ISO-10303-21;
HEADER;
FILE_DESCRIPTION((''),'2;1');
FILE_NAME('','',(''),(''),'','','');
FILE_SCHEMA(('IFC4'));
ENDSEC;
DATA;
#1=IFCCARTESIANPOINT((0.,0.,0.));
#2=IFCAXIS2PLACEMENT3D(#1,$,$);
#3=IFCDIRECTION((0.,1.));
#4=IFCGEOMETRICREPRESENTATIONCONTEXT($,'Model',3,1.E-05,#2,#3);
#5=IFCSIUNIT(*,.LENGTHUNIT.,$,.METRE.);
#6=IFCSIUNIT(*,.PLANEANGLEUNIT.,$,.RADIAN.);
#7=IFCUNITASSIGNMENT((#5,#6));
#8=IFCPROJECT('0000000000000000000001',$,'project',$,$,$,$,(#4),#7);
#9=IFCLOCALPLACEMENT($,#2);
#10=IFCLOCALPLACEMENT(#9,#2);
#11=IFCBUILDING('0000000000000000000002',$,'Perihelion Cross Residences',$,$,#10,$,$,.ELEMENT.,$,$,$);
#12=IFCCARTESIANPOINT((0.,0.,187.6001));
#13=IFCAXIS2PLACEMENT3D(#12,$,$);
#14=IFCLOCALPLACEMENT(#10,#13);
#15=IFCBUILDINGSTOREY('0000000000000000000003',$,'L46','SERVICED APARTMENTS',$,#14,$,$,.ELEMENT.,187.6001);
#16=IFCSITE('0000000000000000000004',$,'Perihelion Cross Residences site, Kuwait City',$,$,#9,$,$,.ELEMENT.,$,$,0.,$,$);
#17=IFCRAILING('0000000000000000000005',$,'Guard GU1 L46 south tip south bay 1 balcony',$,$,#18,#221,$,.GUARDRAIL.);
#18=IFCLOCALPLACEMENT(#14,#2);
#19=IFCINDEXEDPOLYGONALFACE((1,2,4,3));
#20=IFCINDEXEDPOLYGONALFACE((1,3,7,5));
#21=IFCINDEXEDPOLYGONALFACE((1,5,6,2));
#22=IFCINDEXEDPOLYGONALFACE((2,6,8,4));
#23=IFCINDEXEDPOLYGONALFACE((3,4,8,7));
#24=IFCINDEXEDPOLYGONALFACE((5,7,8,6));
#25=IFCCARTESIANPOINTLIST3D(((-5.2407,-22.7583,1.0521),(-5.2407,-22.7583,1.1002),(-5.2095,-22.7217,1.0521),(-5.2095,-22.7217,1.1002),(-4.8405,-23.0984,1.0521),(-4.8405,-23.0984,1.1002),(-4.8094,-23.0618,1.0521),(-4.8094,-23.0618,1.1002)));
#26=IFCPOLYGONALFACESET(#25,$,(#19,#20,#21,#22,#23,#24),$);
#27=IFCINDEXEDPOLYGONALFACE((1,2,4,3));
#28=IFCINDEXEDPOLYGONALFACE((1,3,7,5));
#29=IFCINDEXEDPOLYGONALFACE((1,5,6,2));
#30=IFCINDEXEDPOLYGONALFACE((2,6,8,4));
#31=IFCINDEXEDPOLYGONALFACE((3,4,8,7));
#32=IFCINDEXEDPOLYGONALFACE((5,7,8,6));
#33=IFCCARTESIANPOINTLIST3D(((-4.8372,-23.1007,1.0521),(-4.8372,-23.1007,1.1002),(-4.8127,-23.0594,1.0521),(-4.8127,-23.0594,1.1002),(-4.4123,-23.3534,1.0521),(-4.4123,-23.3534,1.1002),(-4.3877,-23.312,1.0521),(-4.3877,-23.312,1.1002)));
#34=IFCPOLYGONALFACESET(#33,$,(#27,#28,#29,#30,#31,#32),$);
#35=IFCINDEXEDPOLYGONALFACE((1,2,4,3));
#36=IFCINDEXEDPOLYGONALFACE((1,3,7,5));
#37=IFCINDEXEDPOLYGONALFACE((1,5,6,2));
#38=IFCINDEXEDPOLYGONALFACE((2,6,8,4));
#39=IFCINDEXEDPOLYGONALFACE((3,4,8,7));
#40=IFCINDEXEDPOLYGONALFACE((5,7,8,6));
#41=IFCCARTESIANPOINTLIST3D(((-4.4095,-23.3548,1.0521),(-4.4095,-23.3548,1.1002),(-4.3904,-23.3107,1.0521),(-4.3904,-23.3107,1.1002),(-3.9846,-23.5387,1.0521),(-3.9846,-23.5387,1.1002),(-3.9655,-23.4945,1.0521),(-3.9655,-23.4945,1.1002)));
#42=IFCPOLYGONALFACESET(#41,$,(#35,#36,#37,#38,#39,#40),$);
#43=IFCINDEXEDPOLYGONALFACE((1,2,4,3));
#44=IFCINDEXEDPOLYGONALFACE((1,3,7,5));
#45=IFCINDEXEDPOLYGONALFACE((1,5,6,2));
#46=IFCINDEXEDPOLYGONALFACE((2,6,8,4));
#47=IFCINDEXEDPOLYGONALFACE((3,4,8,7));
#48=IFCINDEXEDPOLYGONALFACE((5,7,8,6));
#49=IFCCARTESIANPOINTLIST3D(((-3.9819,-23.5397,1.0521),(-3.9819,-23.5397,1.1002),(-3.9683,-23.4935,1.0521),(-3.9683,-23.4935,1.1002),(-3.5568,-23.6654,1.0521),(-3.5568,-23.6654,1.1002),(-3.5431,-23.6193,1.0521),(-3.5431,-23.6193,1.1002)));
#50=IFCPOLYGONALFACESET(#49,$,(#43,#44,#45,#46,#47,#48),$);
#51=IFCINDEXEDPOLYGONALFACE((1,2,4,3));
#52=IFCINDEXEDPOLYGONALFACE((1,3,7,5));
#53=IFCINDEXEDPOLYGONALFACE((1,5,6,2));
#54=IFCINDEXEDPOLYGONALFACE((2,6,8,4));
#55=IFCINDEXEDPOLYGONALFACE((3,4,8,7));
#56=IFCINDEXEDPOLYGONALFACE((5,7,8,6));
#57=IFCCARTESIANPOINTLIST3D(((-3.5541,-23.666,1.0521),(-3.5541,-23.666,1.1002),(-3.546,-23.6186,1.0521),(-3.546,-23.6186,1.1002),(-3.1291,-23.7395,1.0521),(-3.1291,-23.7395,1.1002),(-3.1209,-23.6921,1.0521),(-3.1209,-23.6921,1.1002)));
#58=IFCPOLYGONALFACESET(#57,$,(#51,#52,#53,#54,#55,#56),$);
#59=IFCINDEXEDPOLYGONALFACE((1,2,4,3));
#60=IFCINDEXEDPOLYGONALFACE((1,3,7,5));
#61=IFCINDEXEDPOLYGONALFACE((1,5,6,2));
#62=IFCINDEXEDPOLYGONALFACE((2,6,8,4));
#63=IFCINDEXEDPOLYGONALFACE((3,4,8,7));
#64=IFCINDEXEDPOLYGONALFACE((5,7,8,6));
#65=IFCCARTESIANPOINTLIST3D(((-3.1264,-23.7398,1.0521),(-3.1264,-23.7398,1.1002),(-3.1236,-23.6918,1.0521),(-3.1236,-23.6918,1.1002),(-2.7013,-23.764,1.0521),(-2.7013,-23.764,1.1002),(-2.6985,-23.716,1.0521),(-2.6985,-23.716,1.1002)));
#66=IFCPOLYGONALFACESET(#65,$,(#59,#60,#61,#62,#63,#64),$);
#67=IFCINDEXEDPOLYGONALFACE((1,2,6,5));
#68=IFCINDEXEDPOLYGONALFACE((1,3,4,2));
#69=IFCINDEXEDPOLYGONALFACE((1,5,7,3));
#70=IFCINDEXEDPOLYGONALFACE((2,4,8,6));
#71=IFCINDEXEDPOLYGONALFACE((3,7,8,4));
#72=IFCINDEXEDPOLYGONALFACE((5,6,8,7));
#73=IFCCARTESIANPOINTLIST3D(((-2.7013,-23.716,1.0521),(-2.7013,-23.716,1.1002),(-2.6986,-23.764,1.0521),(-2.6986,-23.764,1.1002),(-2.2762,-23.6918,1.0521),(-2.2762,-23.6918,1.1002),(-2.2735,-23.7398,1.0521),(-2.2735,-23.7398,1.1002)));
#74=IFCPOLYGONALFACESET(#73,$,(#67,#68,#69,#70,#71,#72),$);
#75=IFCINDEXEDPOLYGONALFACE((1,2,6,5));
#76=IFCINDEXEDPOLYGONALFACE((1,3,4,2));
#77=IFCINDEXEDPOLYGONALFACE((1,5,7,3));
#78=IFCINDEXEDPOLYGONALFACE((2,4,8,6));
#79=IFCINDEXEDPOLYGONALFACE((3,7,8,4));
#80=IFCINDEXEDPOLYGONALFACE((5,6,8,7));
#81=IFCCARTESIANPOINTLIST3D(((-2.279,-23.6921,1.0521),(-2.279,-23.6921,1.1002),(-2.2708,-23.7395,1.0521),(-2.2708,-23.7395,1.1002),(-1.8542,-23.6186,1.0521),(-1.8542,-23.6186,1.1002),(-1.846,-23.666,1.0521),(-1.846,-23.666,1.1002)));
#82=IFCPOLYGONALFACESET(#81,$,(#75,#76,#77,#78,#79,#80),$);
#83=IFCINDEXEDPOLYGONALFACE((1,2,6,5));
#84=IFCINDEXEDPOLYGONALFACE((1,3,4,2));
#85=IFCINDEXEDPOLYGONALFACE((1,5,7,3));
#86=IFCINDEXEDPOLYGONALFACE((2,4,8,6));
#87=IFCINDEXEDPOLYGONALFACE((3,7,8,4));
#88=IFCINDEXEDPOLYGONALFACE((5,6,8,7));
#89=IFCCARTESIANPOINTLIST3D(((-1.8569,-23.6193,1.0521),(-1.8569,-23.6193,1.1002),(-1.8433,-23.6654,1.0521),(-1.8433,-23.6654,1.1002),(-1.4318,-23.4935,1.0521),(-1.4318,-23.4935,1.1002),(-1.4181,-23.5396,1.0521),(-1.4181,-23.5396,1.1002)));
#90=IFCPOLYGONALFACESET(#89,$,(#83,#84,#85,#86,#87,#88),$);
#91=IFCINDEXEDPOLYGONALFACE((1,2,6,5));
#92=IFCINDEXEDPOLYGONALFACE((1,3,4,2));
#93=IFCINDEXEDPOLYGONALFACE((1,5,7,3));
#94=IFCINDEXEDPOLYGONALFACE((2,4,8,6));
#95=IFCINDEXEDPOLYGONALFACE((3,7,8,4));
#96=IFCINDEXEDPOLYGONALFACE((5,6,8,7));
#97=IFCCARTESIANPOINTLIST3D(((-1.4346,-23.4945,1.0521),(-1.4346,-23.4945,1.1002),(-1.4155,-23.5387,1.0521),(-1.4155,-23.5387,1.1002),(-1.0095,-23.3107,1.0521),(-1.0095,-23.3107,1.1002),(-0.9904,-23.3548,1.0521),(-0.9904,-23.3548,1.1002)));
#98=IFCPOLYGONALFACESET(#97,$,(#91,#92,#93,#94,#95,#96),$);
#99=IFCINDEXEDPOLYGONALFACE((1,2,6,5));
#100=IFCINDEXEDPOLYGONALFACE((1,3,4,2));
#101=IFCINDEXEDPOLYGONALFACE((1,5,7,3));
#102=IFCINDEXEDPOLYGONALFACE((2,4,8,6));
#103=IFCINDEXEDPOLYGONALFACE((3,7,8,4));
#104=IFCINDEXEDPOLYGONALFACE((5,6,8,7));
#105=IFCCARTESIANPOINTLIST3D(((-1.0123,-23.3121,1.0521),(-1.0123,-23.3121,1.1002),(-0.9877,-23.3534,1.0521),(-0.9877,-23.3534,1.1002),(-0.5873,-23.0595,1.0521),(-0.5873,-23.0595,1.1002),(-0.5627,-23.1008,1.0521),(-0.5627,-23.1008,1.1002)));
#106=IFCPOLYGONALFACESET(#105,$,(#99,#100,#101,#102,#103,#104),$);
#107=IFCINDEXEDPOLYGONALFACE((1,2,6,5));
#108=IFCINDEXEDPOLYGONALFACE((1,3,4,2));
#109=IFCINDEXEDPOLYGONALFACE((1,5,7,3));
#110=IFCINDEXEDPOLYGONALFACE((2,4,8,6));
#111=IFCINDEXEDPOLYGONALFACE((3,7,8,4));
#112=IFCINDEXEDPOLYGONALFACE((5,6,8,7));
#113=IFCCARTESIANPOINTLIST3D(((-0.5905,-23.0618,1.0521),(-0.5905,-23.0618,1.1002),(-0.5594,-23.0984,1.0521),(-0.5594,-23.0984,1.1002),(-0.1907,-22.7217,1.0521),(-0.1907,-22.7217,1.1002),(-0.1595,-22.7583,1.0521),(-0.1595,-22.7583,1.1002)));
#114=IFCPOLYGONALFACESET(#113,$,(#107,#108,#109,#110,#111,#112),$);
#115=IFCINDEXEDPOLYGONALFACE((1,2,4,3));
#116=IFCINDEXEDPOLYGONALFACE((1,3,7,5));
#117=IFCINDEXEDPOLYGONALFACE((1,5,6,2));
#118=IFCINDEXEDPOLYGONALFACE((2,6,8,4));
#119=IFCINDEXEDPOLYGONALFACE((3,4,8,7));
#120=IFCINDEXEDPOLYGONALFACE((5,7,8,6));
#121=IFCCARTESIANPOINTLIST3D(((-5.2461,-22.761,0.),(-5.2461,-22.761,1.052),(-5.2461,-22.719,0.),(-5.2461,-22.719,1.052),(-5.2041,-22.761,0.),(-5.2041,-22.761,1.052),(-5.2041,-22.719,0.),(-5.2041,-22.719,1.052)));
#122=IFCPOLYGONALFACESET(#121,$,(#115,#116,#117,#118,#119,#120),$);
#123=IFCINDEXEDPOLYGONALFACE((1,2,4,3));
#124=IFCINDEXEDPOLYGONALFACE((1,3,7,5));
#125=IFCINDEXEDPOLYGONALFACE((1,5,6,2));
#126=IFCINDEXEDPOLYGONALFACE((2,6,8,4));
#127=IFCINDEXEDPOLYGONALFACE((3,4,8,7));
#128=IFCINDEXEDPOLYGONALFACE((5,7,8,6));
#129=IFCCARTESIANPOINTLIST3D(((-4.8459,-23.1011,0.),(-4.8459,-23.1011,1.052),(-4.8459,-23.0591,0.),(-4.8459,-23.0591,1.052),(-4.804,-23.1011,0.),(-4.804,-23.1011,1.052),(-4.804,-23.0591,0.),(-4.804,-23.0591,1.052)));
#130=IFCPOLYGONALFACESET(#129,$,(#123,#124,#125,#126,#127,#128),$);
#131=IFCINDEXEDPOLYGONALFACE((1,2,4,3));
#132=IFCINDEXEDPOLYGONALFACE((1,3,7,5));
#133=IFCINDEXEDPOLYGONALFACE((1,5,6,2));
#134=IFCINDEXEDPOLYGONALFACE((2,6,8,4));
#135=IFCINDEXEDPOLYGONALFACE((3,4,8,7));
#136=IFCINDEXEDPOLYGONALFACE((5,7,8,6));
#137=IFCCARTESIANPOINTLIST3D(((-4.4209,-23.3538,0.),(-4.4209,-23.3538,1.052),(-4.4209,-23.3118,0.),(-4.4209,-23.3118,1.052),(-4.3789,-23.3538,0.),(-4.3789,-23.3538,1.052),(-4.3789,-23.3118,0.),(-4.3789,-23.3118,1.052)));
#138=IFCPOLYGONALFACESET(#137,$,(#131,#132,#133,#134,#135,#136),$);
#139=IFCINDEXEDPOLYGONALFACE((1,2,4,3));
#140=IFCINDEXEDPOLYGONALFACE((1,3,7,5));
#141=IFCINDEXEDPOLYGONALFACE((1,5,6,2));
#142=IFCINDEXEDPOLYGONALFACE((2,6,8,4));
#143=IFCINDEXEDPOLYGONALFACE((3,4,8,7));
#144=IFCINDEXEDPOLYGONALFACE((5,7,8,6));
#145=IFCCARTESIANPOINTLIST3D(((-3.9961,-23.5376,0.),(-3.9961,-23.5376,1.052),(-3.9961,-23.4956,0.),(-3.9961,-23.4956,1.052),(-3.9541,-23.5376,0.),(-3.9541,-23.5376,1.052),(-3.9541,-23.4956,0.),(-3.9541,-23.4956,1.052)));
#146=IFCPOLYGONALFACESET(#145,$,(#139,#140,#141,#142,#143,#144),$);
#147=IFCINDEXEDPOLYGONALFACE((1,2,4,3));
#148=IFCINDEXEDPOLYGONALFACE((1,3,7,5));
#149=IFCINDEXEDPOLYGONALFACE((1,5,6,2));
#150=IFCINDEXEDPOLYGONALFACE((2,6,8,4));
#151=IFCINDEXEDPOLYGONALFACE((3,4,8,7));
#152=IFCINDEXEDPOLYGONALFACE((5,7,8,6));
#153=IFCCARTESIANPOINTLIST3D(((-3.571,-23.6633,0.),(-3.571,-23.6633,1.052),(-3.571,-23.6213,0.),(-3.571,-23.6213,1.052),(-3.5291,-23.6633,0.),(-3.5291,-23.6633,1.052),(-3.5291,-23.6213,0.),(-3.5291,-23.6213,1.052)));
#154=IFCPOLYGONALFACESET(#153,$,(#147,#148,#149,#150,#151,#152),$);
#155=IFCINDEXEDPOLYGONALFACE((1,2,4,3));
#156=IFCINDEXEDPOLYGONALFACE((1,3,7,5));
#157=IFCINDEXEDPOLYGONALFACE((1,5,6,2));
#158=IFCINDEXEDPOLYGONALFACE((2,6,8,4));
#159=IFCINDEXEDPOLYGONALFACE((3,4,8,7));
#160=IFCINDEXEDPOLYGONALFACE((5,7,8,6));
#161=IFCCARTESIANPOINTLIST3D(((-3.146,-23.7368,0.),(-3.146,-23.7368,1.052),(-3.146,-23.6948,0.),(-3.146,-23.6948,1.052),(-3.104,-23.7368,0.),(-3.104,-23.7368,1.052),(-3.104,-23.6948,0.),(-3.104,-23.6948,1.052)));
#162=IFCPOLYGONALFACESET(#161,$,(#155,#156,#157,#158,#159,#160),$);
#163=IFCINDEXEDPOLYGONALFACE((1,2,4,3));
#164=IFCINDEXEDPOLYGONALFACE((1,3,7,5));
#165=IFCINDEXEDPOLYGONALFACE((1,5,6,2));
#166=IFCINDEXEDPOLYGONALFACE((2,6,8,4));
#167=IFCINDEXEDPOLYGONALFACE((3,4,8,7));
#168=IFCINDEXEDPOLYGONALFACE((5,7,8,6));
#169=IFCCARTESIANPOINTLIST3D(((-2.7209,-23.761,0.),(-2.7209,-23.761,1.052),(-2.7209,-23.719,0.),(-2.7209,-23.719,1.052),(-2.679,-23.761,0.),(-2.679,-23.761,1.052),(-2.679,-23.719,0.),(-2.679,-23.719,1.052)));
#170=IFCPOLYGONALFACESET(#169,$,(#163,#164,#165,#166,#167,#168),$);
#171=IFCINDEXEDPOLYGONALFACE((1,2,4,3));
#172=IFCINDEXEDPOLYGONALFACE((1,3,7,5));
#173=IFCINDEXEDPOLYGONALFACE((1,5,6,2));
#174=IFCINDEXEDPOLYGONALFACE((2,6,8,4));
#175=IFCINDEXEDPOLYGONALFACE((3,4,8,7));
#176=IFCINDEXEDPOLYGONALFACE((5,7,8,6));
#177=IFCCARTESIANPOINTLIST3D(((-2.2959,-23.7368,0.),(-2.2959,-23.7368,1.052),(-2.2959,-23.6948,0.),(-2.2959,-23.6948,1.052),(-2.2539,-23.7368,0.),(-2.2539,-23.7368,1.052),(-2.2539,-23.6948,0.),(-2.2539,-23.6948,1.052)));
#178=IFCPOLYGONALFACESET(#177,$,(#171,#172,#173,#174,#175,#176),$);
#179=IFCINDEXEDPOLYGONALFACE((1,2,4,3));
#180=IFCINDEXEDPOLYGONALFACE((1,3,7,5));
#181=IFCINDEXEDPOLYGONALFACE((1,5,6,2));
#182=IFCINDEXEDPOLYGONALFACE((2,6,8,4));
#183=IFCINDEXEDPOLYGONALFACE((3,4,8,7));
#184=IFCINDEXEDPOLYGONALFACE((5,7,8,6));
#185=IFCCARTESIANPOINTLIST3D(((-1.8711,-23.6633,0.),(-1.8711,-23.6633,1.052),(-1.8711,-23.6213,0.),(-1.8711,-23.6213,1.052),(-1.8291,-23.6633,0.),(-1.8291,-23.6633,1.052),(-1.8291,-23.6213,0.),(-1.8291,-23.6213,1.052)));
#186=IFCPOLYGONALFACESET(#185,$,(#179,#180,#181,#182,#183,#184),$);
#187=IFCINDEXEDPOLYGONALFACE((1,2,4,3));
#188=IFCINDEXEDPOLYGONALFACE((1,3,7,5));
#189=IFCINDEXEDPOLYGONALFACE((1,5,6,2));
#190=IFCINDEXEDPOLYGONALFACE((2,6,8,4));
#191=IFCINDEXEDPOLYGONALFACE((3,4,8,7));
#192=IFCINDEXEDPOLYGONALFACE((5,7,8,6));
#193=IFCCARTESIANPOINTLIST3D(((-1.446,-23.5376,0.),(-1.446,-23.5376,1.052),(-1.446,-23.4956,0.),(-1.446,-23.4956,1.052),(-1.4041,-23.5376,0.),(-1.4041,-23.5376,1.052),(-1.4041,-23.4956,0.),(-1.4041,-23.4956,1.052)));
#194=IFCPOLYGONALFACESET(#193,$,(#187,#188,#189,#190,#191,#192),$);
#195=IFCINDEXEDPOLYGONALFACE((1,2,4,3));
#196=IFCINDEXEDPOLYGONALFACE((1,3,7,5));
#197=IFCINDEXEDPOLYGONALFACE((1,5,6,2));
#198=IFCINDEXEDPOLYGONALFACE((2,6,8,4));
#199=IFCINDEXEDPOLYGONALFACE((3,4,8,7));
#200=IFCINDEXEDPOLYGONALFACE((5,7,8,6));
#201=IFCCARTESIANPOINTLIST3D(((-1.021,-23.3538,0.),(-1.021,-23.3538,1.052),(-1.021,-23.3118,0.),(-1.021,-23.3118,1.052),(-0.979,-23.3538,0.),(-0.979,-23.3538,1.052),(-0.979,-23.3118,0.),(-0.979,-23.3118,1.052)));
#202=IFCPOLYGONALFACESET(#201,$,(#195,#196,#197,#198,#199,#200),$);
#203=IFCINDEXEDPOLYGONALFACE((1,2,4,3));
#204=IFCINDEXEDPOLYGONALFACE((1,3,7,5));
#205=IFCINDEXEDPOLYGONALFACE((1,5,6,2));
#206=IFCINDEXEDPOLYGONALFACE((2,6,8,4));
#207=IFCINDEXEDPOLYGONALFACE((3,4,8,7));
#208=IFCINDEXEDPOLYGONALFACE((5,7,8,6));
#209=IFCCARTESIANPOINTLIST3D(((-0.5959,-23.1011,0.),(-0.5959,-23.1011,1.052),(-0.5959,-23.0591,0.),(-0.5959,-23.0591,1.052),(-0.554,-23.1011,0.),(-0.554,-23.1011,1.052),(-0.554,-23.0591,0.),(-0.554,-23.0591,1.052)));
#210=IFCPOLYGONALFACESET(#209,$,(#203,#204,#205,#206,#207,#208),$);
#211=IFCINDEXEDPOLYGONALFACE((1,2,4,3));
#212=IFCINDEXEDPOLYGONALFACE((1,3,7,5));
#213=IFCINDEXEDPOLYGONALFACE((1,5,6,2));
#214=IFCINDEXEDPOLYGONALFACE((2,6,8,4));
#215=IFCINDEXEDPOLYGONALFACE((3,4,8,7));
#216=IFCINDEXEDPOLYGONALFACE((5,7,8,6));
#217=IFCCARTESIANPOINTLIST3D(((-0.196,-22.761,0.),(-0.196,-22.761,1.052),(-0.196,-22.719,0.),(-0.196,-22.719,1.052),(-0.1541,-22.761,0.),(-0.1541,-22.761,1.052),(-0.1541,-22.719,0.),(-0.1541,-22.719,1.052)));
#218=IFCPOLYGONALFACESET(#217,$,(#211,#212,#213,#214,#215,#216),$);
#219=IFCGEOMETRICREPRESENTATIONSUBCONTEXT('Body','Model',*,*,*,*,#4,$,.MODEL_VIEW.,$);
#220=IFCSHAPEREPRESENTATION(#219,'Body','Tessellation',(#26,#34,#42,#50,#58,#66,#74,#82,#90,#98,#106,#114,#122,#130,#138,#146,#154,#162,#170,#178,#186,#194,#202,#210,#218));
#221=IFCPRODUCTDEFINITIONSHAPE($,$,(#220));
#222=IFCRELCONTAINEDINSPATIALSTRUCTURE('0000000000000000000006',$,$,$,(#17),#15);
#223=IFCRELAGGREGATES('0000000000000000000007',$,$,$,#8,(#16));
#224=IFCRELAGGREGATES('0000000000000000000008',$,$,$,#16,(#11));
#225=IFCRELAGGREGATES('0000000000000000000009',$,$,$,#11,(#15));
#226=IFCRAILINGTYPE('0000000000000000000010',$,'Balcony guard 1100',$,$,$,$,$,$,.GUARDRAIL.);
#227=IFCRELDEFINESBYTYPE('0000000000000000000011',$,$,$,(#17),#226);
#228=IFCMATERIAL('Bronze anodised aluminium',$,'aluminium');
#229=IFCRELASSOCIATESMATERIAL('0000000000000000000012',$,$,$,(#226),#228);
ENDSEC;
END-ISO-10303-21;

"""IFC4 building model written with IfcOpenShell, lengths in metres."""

from ifc_helpers import new_model, si_unit, direction, frame, origin, origin_2d, place, context, subcontext, project, spatial, rectangle, extrude, material, type_object, element, save


model = new_model("IFC4")

# Units and contexts
model_context = context("Model", 3, precision=1e-05, world=origin(), true_north=direction((0.0, 1.0)))
body_context = subcontext(model_context, "Body", "Model", "MODEL_VIEW")
ifc_project = project(units=[si_unit("LENGTHUNIT", "METRE"), si_unit("PLANEANGLEUNIT", "RADIAN")], contexts=[model_context])

# Site, building, storey
site_placement = place(None, origin())
site = spatial("IfcSite", under=ifc_project, at=site_placement, Name="Perihelion Cross Residences site, Kuwait City", CompositionType="ELEMENT", RefElevation=0.0)
building_placement = place(site_placement, origin())
building = spatial("IfcBuilding", under=site, at=building_placement, Name="Perihelion Cross Residences", CompositionType="ELEMENT")
storey_placement = place(building_placement, frame((0.0, 0.0, 187.6001)))
storey = spatial("IfcBuildingStorey", under=building, at=storey_placement, Name="L46", Description="SERVICED APARTMENTS", CompositionType="ELEMENT", Elevation=187.6001)

# Railing
ifc_material_1 = material(Name="Bronze anodised aluminium", Category="aluminium")
railing_type = type_object("IfcRailingType", Name="Balcony guard 1100", PredefinedType="GUARDRAIL", material=ifc_material_1)
railing_placement = place(storey_placement, frame((-5.2251, -22.74, 0.0)))
element("IfcRailing", 1, at=railing_placement, inside=storey, type_object=railing_type, Name="Guard GU1 L46 south tip south bay 1 balcony", PredefinedType="GUARDRAIL", context=body_context, shape_type="SweptSolid", body=[
    extrude(rectangle(XDim=0.0481, YDim=0.0481, at=origin_2d()), frame((0.0, 0.0, 1.0762), z_axis=(0.761974, -0.647608, 0.0), x_axis=(0.647608, 0.761974, 0.0)), (0.0, 0.0, 1.0), 0.5251),
    extrude(rectangle(XDim=0.0481, YDim=0.0481, at=origin_2d()), frame((0.4001, -0.3401, 1.0762), z_axis=(0.859577, -0.511006, 0.0), x_axis=(0.511006, 0.859577, 0.0)), (0.0, 0.0, 1.0), 0.4944),
    extrude(rectangle(XDim=0.0481, YDim=0.0481, at=origin_2d()), frame((0.8252, -0.5928, 1.0762), z_axis=(0.917748, -0.397163, 0.0), x_axis=(0.397163, 0.917748, 0.0)), (0.0, 0.0, 1.0), 0.4629),
    extrude(rectangle(XDim=0.0481, YDim=0.0481, at=origin_2d()), frame((1.25, -0.7766, 1.0762), z_axis=(0.958926, -0.283657, 0.0), x_axis=(0.283657, 0.958926, 0.0)), (0.0, 0.0, 1.0), 0.4434),
    extrude(rectangle(XDim=0.0481, YDim=0.0481, at=origin_2d()), frame((1.675, -0.9023, 1.0762), z_axis=(0.985382, -0.170362, 0.0), x_axis=(0.170362, 0.985382, 0.0)), (0.0, 0.0, 1.0), 0.4314),
    extrude(rectangle(XDim=0.0481, YDim=0.0481, at=origin_2d()), frame((2.1001, -0.9758, 1.0762), z_axis=(0.998387, -0.056772, 0.0), x_axis=(0.056772, 0.998387, 0.0)), (0.0, 0.0, 1.0), 0.4258),
    extrude(rectangle(XDim=0.0481, YDim=0.0481, at=origin_2d()), frame((2.5251, -1.0, 1.0762), z_axis=(0.998387, 0.056772, 0.0), x_axis=(-0.056772, 0.998387, 0.0)), (0.0, 0.0, 1.0), 0.4258),
    extrude(rectangle(XDim=0.0481, YDim=0.0481, at=origin_2d()), frame((2.9502, -0.9758, 1.0762), z_axis=(0.985365, 0.170457, 0.0), x_axis=(-0.170457, 0.985365, 0.0)), (0.0, 0.0, 1.0), 0.4312),
    extrude(rectangle(XDim=0.0481, YDim=0.0481, at=origin_2d()), frame((3.375, -0.9023, 1.0762), z_axis=(0.958926, 0.283657, 0.0), x_axis=(-0.283657, 0.958926, 0.0)), (0.0, 0.0, 1.0), 0.4434),
    extrude(rectangle(XDim=0.0481, YDim=0.0481, at=origin_2d()), frame((3.8, -0.7766, 1.0762), z_axis=(0.917831, 0.396971, 0.0), x_axis=(-0.396971, 0.917831, 0.0)), (0.0, 0.0, 1.0), 0.4631),
    extrude(rectangle(XDim=0.0481, YDim=0.0481, at=origin_2d()), frame((4.2251, -0.5928, 1.0762), z_axis=(0.859577, 0.511006, 0.0), x_axis=(-0.511006, 0.859577, 0.0)), (0.0, 0.0, 1.0), 0.4944),
    extrude(rectangle(XDim=0.0481, YDim=0.0481, at=origin_2d()), frame((4.6501, -0.3401, 1.0762), z_axis=(0.761779, 0.647837, 0.0), x_axis=(-0.647837, 0.761779, 0.0)), (0.0, 0.0, 1.0), 0.5249),
    extrude(rectangle(XDim=0.042, YDim=0.042, at=origin_2d()), origin(), (0.0, 0.0, 1.0), 1.052),
    extrude(rectangle(XDim=0.042, YDim=0.042, at=origin_2d()), frame((0.4001, -0.3401, 0.0)), (0.0, 0.0, 1.0), 1.052),
    extrude(rectangle(XDim=0.042, YDim=0.042, at=origin_2d()), frame((0.8252, -0.5928, 0.0)), (0.0, 0.0, 1.0), 1.052),
    extrude(rectangle(XDim=0.042, YDim=0.042, at=origin_2d()), frame((1.25, -0.7766, 0.0)), (0.0, 0.0, 1.0), 1.052),
    extrude(rectangle(XDim=0.042, YDim=0.042, at=origin_2d()), frame((1.675, -0.9023, 0.0)), (0.0, 0.0, 1.0), 1.052),
    extrude(rectangle(XDim=0.042, YDim=0.042, at=origin_2d()), frame((2.1001, -0.9758, 0.0)), (0.0, 0.0, 1.0), 1.052),
    extrude(rectangle(XDim=0.042, YDim=0.042, at=origin_2d()), frame((2.5251, -1.0, 0.0)), (0.0, 0.0, 1.0), 1.052),
    extrude(rectangle(XDim=0.042, YDim=0.042, at=origin_2d()), frame((2.9502, -0.9758, 0.0)), (0.0, 0.0, 1.0), 1.052),
    extrude(rectangle(XDim=0.042, YDim=0.042, at=origin_2d()), frame((3.375, -0.9023, 0.0)), (0.0, 0.0, 1.0), 1.052),
    extrude(rectangle(XDim=0.042, YDim=0.042, at=origin_2d()), frame((3.8, -0.7766, 0.0)), (0.0, 0.0, 1.0), 1.052),
    extrude(rectangle(XDim=0.042, YDim=0.042, at=origin_2d()), frame((4.2251, -0.5928, 0.0)), (0.0, 0.0, 1.0), 1.052),
    extrude(rectangle(XDim=0.042, YDim=0.042, at=origin_2d()), frame((4.6501, -0.3401, 0.0)), (0.0, 0.0, 1.0), 1.052),
    extrude(rectangle(XDim=0.042, YDim=0.042, at=origin_2d()), frame((5.05, 0.0, 0.0)), (0.0, 0.0, 1.0), 1.052),
])

save(model, "model.ifc")
